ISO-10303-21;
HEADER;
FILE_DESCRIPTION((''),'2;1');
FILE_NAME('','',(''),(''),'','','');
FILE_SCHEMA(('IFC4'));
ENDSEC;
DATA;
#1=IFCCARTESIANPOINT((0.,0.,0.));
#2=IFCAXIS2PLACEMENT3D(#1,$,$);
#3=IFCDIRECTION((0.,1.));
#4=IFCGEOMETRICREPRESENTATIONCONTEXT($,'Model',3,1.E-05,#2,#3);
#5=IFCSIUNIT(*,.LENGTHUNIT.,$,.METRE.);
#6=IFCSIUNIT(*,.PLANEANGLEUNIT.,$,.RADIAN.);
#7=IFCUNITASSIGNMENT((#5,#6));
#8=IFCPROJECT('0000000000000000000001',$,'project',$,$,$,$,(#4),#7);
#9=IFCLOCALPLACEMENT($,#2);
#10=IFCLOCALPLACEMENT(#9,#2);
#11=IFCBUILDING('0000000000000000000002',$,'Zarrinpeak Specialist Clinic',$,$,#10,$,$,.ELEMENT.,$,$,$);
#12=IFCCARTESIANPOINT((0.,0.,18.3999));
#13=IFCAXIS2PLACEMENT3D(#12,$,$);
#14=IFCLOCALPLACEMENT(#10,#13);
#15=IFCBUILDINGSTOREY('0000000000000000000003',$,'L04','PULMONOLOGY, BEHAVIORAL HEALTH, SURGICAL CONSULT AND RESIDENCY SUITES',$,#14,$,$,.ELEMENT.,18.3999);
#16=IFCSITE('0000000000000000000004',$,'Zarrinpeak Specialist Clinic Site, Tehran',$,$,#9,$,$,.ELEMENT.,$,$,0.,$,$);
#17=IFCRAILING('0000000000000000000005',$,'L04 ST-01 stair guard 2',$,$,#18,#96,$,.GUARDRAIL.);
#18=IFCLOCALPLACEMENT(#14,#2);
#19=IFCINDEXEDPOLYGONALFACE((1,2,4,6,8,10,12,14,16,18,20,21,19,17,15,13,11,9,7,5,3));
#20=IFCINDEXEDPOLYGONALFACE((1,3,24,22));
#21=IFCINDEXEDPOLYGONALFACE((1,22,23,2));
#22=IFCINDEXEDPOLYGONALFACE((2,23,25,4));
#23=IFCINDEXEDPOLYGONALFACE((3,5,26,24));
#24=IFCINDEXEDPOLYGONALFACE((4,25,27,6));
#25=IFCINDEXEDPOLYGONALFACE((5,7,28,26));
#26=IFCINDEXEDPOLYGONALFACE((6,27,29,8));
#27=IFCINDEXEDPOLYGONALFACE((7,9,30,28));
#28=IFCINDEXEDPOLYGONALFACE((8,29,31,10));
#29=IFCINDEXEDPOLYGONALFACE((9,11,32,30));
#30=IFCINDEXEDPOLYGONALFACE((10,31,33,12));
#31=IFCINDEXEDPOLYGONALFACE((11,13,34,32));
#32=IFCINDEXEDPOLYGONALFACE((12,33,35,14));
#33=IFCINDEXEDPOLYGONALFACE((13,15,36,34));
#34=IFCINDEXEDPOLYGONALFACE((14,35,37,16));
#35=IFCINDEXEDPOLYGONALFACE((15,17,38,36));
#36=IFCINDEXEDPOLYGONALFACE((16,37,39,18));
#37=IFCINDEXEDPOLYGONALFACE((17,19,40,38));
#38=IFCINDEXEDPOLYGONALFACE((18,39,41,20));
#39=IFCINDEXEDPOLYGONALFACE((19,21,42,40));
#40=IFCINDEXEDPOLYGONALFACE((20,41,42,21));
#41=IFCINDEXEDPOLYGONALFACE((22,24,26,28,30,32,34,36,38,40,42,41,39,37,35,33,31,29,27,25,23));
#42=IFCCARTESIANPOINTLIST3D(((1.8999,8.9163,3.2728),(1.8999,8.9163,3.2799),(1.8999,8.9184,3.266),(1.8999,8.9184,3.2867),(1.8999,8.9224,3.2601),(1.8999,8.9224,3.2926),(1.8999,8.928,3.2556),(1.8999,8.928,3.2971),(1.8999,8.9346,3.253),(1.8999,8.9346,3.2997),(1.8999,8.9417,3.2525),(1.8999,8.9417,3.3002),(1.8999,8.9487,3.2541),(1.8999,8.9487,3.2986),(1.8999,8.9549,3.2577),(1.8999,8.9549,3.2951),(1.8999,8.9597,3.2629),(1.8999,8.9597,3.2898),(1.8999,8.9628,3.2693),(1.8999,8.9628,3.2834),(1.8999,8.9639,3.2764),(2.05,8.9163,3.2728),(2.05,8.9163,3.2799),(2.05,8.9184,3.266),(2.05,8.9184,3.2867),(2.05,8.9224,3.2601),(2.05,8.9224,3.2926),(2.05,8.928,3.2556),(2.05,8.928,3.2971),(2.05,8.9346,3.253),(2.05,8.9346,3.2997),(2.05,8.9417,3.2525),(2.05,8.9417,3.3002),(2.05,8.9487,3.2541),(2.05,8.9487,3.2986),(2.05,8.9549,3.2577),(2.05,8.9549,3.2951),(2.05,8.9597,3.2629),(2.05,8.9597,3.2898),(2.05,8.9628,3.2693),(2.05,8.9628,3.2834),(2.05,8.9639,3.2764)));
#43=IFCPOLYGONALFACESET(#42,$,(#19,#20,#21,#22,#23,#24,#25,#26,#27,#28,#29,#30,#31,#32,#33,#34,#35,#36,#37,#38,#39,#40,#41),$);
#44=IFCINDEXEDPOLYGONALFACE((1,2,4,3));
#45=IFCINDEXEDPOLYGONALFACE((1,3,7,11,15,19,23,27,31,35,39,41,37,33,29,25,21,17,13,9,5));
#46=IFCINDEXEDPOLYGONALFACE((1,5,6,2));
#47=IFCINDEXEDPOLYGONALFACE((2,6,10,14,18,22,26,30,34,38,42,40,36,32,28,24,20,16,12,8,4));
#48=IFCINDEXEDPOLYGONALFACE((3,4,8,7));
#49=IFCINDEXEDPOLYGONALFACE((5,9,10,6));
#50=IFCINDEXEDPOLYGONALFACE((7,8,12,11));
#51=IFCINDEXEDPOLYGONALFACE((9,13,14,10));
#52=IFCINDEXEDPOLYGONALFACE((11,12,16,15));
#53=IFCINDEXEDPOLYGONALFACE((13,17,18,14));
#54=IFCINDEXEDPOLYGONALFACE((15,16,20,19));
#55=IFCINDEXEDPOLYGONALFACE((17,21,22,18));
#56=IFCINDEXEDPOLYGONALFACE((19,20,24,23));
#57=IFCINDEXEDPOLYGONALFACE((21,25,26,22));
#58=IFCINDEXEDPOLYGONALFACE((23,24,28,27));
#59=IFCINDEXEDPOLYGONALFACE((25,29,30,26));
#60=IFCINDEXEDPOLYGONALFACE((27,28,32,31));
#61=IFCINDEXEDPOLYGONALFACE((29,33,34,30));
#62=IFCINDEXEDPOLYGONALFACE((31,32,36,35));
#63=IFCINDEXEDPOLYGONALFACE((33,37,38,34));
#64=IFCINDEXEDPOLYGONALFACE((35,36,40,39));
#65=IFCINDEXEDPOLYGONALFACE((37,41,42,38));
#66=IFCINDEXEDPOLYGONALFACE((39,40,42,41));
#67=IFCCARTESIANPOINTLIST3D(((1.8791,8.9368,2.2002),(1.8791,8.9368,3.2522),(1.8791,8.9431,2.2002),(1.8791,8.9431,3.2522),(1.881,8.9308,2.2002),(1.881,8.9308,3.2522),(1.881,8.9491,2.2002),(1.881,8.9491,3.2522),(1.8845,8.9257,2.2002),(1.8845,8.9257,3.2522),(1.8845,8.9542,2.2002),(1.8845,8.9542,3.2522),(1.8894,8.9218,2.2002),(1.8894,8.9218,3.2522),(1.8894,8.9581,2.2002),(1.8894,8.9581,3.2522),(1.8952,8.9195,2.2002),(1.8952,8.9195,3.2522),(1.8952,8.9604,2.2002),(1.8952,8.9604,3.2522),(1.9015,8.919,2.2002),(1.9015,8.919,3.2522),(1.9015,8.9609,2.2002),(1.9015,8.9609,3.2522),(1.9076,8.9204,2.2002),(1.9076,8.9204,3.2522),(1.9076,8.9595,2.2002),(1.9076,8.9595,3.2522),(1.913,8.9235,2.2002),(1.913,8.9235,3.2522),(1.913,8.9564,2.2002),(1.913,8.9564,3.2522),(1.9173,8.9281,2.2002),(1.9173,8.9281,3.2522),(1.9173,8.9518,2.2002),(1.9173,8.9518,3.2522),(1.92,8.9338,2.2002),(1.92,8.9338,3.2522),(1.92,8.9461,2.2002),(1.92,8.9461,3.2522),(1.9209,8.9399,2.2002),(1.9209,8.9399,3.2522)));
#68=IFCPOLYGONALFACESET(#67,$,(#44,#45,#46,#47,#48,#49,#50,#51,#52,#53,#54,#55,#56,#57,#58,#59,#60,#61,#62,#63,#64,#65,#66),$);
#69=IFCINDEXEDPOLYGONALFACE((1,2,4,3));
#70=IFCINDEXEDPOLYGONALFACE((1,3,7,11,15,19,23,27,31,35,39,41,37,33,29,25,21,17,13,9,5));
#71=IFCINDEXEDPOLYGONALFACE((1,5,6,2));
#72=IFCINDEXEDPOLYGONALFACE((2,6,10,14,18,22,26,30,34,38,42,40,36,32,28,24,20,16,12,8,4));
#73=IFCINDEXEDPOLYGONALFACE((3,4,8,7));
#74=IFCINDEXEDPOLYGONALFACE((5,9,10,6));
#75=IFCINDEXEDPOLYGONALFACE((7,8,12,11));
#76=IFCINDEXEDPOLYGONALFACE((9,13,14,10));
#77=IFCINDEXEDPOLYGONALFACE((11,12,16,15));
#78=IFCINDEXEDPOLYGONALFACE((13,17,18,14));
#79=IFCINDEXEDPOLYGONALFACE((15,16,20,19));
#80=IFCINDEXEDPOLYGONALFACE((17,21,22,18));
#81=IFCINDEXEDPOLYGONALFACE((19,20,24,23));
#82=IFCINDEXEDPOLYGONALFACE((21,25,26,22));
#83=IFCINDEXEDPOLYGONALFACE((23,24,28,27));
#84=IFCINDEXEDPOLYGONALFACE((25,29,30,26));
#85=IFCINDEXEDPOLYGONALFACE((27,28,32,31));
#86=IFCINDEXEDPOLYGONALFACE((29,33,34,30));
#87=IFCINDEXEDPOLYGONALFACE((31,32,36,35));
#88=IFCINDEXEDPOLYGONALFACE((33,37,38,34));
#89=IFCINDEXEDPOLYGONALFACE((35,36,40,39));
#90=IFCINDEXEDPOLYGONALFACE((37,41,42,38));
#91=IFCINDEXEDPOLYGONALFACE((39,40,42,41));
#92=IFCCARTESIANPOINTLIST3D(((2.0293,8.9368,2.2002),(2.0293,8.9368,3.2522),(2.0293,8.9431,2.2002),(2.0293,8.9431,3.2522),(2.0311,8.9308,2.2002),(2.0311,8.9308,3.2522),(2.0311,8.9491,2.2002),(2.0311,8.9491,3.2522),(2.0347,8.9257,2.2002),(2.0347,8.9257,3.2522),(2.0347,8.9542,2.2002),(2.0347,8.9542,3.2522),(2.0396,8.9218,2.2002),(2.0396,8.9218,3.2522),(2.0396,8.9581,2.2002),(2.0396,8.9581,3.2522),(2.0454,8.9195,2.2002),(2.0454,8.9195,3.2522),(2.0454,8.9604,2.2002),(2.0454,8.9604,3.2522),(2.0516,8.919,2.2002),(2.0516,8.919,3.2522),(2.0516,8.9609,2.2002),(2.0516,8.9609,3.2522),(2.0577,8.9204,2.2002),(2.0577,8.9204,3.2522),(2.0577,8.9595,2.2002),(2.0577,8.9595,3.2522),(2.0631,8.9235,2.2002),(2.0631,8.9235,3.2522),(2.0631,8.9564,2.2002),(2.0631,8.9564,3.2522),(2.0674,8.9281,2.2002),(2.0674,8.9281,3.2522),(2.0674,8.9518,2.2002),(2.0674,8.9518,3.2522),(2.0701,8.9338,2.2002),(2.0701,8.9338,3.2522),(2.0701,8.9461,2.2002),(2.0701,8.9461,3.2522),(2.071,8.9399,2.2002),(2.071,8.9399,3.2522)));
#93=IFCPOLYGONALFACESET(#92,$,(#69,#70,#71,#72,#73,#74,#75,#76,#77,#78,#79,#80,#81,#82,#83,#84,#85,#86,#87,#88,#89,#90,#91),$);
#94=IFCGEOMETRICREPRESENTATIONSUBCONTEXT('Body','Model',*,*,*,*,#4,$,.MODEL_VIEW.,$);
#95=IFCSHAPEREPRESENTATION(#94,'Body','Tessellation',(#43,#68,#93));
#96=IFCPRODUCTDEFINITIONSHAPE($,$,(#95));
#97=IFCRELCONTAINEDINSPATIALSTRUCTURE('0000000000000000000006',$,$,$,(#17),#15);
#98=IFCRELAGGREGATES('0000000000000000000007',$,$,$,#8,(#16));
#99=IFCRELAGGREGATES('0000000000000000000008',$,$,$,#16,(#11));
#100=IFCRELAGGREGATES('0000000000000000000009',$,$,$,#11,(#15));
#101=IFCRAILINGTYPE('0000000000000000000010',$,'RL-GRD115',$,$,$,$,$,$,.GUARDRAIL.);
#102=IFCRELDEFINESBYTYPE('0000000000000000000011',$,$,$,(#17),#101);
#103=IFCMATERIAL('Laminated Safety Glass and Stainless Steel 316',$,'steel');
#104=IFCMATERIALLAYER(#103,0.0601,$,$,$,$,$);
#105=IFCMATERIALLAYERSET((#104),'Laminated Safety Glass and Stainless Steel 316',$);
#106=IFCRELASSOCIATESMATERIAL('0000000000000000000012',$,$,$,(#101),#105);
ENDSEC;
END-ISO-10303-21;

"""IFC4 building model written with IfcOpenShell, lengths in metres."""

from ifc_helpers import new_model, si_unit, direction, frame, origin, origin_2d, place, context, subcontext, project, spatial, circle, extrude, material, layer, layer_set, type_object, element, save


model = new_model("IFC4")

# Units and contexts
model_context = context("Model", 3, precision=1e-05, world=origin(), true_north=direction((0.0, 1.0)))
body_context = subcontext(model_context, "Body", "Model", "MODEL_VIEW")
ifc_project = project(units=[si_unit("LENGTHUNIT", "METRE"), si_unit("PLANEANGLEUNIT", "RADIAN")], contexts=[model_context])

# Site, building, storey
site_placement = place(None, origin())
site = spatial("IfcSite", under=ifc_project, at=site_placement, Name="Zarrinpeak Specialist Clinic Site, Tehran", CompositionType="ELEMENT", RefElevation=0.0)
building_placement = place(site_placement, origin())
building = spatial("IfcBuilding", under=site, at=building_placement, Name="Zarrinpeak Specialist Clinic", CompositionType="ELEMENT")
storey_placement = place(building_placement, frame((0.0, 0.0, 18.3999)))
storey = spatial("IfcBuildingStorey", under=building, at=storey_placement, Name="L04", Description="PULMONOLOGY, BEHAVIORAL HEALTH, SURGICAL CONSULT AND RESIDENCY SUITES", CompositionType="ELEMENT", Elevation=18.3999)

# Railing
ifc_material_1 = material(Name="Laminated Safety Glass and Stainless Steel 316", Category="steel")
ifc_layer_1 = layer(ifc_material_1, 0.0601)
ifc_layer_set_1 = layer_set([ifc_layer_1], Name="Laminated Safety Glass and Stainless Steel 316")
railing_type_1 = type_object("IfcRailingType", Name="RL-GRD115", PredefinedType="GUARDRAIL", material=ifc_layer_set_1)
railing_1_placement = place(storey_placement, frame((1.8999, 8.9399, 2.2002)))
element("IfcRailing", 1, at=railing_1_placement, inside=storey, type_object=railing_type_1, Name="L04 ST-01 stair guard 2", PredefinedType="GUARDRAIL", context=body_context, shape_type="SweptSolid", body=[
    extrude(circle(Radius=0.0239, at=origin_2d()), frame((0.0, 0.0, 1.0762), z_axis=(1.0, 0.0, 0.0), x_axis=(0.0, 1.0, 0.0)), (0.0, 0.0, 1.0), 0.1501),
    extrude(circle(Radius=0.021, at=origin_2d()), origin(), (0.0, 0.0, 1.0), 1.052),
    extrude(circle(Radius=0.021, at=origin_2d()), frame((0.1501, 0.0, 0.0)), (0.0, 0.0, 1.0), 1.052),
])

save(model, "model.ifc")
